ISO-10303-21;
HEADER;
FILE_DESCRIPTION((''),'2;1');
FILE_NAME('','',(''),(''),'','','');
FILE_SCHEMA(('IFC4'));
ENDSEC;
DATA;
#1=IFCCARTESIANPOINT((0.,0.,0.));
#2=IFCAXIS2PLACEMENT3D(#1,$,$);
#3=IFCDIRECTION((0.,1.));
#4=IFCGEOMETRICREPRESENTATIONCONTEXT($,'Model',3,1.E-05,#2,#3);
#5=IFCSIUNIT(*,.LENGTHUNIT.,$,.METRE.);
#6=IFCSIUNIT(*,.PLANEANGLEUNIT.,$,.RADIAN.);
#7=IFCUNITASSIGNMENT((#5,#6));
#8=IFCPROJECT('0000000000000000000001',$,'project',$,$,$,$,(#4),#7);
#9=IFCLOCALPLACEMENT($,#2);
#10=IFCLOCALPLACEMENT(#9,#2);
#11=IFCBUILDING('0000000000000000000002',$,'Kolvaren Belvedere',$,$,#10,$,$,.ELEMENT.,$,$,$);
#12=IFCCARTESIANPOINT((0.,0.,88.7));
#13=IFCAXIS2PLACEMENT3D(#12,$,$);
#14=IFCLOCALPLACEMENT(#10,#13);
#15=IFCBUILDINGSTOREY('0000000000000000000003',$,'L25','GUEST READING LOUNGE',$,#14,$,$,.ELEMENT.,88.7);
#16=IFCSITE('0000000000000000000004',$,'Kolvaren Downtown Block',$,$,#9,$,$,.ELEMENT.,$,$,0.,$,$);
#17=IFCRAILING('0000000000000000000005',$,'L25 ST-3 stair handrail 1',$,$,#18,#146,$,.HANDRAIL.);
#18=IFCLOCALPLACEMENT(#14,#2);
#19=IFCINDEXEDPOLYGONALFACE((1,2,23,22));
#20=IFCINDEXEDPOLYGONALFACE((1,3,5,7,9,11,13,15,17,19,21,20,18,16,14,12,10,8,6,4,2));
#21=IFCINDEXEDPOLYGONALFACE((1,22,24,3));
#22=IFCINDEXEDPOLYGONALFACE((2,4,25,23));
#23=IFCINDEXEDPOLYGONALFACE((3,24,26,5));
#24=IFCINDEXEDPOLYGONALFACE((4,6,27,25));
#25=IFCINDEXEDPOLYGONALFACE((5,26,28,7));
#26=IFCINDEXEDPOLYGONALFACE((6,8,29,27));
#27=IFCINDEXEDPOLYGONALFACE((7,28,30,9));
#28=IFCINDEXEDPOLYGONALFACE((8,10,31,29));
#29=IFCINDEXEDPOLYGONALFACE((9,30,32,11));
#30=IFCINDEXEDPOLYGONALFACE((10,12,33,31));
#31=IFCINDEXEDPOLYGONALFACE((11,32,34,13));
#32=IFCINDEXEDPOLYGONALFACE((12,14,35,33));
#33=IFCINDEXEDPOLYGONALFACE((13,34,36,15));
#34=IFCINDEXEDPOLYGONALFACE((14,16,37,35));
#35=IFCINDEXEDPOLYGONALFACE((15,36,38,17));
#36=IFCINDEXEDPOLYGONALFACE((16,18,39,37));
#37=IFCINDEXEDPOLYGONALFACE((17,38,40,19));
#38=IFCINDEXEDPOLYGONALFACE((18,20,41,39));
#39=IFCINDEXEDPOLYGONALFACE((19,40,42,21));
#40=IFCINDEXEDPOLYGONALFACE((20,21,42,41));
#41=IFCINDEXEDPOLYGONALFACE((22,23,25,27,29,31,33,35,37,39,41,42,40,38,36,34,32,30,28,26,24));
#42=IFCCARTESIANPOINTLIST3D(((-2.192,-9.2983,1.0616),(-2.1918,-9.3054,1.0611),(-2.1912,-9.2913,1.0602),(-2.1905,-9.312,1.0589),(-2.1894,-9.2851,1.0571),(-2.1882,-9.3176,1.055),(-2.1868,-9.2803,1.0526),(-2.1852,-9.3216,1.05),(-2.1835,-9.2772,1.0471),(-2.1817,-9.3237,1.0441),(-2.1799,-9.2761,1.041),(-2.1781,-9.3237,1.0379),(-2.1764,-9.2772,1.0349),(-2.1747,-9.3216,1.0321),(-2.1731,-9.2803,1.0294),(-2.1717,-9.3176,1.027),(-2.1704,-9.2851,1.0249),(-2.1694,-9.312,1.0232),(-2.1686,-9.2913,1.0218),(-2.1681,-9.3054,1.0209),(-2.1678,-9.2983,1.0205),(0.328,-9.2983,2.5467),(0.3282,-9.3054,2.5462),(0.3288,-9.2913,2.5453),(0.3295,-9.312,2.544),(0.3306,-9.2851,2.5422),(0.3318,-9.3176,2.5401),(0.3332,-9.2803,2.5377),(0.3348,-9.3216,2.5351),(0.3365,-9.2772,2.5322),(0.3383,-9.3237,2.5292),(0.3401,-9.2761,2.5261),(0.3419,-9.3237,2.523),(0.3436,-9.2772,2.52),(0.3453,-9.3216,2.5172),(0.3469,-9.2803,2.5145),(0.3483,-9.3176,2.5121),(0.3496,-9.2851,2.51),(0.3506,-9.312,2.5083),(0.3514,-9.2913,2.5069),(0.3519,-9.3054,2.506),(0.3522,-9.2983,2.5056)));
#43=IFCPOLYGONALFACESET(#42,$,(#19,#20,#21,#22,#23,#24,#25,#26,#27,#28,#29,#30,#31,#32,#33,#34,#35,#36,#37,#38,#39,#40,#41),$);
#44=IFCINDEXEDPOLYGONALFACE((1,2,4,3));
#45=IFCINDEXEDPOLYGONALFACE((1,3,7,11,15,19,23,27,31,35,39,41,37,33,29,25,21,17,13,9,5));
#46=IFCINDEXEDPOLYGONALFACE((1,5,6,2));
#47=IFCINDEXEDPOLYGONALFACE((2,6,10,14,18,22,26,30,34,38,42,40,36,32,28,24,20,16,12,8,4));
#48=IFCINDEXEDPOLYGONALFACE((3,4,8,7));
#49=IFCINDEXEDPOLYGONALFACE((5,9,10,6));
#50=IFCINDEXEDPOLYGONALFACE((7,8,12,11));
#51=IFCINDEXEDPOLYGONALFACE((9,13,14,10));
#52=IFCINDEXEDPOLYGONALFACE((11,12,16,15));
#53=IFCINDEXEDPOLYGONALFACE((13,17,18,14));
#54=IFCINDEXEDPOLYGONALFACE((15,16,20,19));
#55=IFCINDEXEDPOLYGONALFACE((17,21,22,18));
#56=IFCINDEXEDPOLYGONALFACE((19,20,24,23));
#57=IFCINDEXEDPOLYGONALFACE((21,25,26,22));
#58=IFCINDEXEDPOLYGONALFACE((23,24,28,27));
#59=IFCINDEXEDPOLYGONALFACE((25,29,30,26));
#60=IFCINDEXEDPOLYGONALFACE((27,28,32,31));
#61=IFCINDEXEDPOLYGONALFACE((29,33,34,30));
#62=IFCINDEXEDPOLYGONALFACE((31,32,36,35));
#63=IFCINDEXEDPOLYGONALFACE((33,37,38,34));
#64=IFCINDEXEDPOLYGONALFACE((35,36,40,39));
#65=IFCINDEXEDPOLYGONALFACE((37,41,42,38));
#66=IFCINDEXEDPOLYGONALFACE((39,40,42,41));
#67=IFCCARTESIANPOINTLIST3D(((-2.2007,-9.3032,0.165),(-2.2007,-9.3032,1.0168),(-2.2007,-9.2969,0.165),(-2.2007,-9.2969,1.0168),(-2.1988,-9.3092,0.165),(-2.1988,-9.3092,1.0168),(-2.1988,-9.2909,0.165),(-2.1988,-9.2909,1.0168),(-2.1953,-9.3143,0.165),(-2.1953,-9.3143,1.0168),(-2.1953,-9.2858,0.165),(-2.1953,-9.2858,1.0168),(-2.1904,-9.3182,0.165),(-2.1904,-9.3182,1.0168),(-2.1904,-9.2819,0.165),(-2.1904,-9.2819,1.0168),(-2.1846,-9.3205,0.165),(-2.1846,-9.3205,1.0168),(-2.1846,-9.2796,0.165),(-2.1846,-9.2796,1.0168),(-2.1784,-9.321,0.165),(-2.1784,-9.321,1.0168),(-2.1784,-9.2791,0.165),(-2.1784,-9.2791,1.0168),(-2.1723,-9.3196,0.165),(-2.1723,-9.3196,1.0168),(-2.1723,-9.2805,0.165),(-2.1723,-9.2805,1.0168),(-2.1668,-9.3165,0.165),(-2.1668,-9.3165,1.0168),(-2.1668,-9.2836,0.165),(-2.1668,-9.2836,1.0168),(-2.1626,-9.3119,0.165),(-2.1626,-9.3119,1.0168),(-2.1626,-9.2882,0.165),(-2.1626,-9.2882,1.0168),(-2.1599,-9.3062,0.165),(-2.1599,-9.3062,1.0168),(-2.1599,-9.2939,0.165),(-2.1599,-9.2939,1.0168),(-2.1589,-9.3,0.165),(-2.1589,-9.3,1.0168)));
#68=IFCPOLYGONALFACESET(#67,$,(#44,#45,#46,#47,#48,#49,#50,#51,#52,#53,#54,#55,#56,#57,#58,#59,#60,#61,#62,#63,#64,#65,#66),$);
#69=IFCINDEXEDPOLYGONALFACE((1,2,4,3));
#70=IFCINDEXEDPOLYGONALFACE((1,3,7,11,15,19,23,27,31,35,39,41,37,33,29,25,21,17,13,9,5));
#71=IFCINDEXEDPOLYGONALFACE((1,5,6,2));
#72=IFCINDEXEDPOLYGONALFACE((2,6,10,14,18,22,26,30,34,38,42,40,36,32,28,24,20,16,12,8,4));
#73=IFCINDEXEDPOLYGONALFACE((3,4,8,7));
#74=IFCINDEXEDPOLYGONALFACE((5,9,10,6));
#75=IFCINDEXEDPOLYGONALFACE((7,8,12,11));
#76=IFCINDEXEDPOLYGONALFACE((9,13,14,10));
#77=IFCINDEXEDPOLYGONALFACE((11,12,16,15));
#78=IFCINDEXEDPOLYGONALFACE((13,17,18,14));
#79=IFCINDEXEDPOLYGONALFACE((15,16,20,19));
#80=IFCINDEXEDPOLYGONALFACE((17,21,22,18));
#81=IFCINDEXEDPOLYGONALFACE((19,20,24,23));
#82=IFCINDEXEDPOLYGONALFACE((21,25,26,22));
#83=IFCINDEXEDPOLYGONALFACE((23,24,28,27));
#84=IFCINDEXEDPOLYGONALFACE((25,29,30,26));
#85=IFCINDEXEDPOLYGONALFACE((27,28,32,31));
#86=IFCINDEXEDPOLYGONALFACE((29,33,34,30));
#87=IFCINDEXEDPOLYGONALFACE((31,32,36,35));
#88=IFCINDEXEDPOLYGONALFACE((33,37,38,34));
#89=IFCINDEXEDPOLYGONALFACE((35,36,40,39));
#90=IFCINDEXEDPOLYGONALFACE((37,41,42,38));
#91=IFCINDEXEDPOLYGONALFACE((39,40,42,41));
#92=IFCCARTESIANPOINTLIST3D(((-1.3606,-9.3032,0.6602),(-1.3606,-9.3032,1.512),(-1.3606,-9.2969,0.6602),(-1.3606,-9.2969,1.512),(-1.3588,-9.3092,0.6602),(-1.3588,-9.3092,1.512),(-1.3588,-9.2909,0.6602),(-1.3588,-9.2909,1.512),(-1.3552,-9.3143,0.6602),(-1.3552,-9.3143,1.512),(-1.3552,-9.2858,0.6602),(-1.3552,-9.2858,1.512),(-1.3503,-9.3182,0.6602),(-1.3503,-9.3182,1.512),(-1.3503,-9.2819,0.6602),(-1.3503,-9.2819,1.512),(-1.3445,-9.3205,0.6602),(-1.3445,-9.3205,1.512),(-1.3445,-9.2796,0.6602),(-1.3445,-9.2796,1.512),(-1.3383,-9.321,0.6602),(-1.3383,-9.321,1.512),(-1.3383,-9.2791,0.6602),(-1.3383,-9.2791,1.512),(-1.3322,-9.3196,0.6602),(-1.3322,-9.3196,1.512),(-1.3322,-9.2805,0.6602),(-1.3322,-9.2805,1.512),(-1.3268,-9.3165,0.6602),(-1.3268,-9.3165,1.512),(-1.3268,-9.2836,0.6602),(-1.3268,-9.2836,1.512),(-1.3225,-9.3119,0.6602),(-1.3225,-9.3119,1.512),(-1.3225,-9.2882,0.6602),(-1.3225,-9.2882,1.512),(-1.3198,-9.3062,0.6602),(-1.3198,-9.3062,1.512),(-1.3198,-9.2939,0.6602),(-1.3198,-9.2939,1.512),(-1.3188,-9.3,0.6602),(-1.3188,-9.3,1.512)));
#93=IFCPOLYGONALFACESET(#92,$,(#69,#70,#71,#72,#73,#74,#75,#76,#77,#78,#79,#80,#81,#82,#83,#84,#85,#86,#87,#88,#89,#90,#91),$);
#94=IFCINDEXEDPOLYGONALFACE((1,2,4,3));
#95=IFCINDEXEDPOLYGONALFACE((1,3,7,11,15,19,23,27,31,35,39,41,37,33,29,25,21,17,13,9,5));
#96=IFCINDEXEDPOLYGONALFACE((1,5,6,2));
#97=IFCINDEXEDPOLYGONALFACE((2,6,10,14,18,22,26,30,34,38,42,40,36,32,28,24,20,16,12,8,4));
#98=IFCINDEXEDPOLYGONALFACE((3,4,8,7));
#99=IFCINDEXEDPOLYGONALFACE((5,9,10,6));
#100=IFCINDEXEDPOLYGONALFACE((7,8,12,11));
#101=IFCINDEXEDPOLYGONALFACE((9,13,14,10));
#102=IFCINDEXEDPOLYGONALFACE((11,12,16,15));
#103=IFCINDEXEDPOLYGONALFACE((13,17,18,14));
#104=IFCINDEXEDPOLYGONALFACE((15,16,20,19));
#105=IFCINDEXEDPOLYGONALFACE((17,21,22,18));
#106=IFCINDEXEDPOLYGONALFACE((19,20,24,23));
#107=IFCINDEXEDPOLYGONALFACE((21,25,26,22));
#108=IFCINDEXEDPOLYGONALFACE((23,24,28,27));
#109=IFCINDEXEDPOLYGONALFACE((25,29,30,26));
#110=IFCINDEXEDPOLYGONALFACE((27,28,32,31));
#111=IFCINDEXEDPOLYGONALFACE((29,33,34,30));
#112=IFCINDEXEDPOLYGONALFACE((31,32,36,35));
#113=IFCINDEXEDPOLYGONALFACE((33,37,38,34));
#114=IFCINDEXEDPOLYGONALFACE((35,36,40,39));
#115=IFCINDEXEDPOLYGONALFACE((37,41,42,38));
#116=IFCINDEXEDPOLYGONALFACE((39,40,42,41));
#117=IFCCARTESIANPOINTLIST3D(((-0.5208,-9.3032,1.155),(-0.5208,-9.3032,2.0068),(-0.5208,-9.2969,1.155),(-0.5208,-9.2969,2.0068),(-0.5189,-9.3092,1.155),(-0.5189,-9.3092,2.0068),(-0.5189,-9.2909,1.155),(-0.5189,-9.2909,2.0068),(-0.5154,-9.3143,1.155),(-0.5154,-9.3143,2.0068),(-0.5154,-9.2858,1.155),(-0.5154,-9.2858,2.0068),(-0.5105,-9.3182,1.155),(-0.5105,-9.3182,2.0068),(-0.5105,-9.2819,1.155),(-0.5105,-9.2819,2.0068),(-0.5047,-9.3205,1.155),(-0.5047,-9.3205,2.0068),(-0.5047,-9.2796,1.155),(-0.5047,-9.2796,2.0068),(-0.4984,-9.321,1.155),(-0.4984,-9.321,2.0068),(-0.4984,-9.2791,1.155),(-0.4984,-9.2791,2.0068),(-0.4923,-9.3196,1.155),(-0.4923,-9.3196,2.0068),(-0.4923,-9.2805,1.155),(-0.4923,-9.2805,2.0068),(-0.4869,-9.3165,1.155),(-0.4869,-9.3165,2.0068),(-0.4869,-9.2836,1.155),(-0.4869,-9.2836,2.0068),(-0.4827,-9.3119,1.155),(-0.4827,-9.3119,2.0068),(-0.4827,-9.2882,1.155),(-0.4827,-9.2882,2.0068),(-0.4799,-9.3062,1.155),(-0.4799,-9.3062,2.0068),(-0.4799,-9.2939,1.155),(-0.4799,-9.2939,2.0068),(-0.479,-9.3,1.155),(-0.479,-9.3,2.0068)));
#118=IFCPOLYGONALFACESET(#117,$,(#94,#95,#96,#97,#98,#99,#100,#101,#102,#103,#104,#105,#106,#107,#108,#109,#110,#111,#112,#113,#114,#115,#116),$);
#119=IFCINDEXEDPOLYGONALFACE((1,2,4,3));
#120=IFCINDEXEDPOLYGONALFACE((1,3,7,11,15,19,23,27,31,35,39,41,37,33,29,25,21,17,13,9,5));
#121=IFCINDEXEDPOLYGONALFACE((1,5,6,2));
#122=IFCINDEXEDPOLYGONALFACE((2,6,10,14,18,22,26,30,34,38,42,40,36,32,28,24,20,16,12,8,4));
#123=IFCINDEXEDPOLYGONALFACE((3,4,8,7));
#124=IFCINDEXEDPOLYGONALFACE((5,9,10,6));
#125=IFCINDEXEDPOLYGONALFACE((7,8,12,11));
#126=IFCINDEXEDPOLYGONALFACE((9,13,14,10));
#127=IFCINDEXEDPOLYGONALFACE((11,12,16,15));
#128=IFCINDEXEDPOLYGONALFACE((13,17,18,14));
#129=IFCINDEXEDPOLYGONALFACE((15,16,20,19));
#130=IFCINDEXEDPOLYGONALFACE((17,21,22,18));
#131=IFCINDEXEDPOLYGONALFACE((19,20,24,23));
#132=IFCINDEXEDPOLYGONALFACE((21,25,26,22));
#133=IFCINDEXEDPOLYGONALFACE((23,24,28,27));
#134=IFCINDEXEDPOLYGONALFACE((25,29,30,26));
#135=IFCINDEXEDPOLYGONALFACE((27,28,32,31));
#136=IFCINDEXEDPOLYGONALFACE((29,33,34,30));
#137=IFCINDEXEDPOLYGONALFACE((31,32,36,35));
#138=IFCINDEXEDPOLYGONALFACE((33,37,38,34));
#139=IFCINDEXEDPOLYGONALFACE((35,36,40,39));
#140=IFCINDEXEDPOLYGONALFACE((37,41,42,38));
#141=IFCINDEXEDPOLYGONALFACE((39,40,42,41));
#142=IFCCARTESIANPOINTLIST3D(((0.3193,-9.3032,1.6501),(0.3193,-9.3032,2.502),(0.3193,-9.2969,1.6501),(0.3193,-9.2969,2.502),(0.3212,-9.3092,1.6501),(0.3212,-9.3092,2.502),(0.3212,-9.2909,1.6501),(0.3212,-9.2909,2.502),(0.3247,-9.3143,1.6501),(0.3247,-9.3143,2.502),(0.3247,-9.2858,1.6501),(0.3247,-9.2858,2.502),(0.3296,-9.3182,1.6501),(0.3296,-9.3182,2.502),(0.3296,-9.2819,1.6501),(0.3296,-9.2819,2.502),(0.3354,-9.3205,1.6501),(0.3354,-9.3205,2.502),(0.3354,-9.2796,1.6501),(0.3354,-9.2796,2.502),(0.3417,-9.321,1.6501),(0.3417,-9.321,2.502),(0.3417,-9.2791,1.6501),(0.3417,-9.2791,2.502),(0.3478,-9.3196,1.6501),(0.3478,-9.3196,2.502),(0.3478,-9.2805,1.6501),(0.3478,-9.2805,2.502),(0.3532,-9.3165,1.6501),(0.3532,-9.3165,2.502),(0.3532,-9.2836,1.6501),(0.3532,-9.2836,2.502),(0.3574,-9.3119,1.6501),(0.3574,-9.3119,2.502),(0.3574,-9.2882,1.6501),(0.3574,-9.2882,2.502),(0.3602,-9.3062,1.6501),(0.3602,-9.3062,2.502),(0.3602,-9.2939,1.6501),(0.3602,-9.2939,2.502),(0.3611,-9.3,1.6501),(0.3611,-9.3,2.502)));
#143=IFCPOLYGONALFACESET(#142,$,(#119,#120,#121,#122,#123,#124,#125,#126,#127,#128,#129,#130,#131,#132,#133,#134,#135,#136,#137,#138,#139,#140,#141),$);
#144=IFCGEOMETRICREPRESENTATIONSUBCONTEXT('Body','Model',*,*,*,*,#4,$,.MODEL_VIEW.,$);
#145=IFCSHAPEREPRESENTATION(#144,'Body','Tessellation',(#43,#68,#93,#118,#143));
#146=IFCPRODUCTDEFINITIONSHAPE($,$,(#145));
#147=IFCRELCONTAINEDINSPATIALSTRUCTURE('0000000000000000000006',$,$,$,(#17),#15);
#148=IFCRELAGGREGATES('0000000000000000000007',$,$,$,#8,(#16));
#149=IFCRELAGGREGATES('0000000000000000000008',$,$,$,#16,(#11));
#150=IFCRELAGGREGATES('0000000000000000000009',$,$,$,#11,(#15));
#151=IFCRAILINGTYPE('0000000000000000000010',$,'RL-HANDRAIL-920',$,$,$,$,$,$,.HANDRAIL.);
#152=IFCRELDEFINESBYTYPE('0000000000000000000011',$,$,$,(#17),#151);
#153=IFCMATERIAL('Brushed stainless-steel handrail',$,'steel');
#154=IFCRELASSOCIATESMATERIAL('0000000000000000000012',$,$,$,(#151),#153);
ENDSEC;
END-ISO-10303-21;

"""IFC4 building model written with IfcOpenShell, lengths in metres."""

from ifc_helpers import new_model, si_unit, direction, frame, origin, origin_2d, place, context, subcontext, project, spatial, circle, extrude, material, type_object, element, save


model = new_model("IFC4")

# Units and contexts
model_context = context("Model", 3, precision=1e-05, world=origin(), true_north=direction((0.0, 1.0)))
body_context = subcontext(model_context, "Body", "Model", "MODEL_VIEW")
ifc_project = project(units=[si_unit("LENGTHUNIT", "METRE"), si_unit("PLANEANGLEUNIT", "RADIAN")], contexts=[model_context])

# Site, building, storey
site_placement = place(None, origin())
site = spatial("IfcSite", under=ifc_project, at=site_placement, Name="Kolvaren Downtown Block", CompositionType="ELEMENT", RefElevation=0.0)
building_placement = place(site_placement, origin())
building = spatial("IfcBuilding", under=site, at=building_placement, Name="Kolvaren Belvedere", CompositionType="ELEMENT")
storey_placement = place(building_placement, frame((0.0, 0.0, 88.7)))
storey = spatial("IfcBuildingStorey", under=building, at=storey_placement, Name="L25", Description="GUEST READING LOUNGE", CompositionType="ELEMENT", Elevation=88.7)

# Railing
ifc_material_1 = material(Name="Brushed stainless-steel handrail", Category="steel")
railing_type_1 = type_object("IfcRailingType", Name="RL-HANDRAIL-920", PredefinedType="HANDRAIL", material=ifc_material_1)
railing_1_placement = place(storey_placement, frame((-2.1799, -9.3, 0.165)))
element("IfcRailing", 1, at=railing_1_placement, inside=storey, type_object=railing_type_1, Name="L25 ST-3 stair handrail 1", PredefinedType="HANDRAIL", context=body_context, shape_type="SweptSolid", body=[
    extrude(circle(Radius=0.0239, at=origin_2d()), frame((0.0, 0.0, 0.876), z_axis=(0.861524, 0.0, 0.507717), x_axis=(0.0, 1.0, 0.0)), (0.0, 0.0, 1.0), 2.925),
    extrude(circle(Radius=0.021, at=origin_2d()), origin(), (0.0, 0.0, 1.0), 0.8518),
    extrude(circle(Radius=0.021, at=origin_2d()), frame((0.8401, 0.0, 0.4951)), (0.0, 0.0, 1.0), 0.8518),
    extrude(circle(Radius=0.021, at=origin_2d()), frame((1.6799, 0.0, 0.99)), (0.0, 0.0, 1.0), 0.8518),
    extrude(circle(Radius=0.021, at=origin_2d()), frame((2.52, 0.0, 1.4851)), (0.0, 0.0, 1.0), 0.8518),
])

save(model, "model.ifc")
